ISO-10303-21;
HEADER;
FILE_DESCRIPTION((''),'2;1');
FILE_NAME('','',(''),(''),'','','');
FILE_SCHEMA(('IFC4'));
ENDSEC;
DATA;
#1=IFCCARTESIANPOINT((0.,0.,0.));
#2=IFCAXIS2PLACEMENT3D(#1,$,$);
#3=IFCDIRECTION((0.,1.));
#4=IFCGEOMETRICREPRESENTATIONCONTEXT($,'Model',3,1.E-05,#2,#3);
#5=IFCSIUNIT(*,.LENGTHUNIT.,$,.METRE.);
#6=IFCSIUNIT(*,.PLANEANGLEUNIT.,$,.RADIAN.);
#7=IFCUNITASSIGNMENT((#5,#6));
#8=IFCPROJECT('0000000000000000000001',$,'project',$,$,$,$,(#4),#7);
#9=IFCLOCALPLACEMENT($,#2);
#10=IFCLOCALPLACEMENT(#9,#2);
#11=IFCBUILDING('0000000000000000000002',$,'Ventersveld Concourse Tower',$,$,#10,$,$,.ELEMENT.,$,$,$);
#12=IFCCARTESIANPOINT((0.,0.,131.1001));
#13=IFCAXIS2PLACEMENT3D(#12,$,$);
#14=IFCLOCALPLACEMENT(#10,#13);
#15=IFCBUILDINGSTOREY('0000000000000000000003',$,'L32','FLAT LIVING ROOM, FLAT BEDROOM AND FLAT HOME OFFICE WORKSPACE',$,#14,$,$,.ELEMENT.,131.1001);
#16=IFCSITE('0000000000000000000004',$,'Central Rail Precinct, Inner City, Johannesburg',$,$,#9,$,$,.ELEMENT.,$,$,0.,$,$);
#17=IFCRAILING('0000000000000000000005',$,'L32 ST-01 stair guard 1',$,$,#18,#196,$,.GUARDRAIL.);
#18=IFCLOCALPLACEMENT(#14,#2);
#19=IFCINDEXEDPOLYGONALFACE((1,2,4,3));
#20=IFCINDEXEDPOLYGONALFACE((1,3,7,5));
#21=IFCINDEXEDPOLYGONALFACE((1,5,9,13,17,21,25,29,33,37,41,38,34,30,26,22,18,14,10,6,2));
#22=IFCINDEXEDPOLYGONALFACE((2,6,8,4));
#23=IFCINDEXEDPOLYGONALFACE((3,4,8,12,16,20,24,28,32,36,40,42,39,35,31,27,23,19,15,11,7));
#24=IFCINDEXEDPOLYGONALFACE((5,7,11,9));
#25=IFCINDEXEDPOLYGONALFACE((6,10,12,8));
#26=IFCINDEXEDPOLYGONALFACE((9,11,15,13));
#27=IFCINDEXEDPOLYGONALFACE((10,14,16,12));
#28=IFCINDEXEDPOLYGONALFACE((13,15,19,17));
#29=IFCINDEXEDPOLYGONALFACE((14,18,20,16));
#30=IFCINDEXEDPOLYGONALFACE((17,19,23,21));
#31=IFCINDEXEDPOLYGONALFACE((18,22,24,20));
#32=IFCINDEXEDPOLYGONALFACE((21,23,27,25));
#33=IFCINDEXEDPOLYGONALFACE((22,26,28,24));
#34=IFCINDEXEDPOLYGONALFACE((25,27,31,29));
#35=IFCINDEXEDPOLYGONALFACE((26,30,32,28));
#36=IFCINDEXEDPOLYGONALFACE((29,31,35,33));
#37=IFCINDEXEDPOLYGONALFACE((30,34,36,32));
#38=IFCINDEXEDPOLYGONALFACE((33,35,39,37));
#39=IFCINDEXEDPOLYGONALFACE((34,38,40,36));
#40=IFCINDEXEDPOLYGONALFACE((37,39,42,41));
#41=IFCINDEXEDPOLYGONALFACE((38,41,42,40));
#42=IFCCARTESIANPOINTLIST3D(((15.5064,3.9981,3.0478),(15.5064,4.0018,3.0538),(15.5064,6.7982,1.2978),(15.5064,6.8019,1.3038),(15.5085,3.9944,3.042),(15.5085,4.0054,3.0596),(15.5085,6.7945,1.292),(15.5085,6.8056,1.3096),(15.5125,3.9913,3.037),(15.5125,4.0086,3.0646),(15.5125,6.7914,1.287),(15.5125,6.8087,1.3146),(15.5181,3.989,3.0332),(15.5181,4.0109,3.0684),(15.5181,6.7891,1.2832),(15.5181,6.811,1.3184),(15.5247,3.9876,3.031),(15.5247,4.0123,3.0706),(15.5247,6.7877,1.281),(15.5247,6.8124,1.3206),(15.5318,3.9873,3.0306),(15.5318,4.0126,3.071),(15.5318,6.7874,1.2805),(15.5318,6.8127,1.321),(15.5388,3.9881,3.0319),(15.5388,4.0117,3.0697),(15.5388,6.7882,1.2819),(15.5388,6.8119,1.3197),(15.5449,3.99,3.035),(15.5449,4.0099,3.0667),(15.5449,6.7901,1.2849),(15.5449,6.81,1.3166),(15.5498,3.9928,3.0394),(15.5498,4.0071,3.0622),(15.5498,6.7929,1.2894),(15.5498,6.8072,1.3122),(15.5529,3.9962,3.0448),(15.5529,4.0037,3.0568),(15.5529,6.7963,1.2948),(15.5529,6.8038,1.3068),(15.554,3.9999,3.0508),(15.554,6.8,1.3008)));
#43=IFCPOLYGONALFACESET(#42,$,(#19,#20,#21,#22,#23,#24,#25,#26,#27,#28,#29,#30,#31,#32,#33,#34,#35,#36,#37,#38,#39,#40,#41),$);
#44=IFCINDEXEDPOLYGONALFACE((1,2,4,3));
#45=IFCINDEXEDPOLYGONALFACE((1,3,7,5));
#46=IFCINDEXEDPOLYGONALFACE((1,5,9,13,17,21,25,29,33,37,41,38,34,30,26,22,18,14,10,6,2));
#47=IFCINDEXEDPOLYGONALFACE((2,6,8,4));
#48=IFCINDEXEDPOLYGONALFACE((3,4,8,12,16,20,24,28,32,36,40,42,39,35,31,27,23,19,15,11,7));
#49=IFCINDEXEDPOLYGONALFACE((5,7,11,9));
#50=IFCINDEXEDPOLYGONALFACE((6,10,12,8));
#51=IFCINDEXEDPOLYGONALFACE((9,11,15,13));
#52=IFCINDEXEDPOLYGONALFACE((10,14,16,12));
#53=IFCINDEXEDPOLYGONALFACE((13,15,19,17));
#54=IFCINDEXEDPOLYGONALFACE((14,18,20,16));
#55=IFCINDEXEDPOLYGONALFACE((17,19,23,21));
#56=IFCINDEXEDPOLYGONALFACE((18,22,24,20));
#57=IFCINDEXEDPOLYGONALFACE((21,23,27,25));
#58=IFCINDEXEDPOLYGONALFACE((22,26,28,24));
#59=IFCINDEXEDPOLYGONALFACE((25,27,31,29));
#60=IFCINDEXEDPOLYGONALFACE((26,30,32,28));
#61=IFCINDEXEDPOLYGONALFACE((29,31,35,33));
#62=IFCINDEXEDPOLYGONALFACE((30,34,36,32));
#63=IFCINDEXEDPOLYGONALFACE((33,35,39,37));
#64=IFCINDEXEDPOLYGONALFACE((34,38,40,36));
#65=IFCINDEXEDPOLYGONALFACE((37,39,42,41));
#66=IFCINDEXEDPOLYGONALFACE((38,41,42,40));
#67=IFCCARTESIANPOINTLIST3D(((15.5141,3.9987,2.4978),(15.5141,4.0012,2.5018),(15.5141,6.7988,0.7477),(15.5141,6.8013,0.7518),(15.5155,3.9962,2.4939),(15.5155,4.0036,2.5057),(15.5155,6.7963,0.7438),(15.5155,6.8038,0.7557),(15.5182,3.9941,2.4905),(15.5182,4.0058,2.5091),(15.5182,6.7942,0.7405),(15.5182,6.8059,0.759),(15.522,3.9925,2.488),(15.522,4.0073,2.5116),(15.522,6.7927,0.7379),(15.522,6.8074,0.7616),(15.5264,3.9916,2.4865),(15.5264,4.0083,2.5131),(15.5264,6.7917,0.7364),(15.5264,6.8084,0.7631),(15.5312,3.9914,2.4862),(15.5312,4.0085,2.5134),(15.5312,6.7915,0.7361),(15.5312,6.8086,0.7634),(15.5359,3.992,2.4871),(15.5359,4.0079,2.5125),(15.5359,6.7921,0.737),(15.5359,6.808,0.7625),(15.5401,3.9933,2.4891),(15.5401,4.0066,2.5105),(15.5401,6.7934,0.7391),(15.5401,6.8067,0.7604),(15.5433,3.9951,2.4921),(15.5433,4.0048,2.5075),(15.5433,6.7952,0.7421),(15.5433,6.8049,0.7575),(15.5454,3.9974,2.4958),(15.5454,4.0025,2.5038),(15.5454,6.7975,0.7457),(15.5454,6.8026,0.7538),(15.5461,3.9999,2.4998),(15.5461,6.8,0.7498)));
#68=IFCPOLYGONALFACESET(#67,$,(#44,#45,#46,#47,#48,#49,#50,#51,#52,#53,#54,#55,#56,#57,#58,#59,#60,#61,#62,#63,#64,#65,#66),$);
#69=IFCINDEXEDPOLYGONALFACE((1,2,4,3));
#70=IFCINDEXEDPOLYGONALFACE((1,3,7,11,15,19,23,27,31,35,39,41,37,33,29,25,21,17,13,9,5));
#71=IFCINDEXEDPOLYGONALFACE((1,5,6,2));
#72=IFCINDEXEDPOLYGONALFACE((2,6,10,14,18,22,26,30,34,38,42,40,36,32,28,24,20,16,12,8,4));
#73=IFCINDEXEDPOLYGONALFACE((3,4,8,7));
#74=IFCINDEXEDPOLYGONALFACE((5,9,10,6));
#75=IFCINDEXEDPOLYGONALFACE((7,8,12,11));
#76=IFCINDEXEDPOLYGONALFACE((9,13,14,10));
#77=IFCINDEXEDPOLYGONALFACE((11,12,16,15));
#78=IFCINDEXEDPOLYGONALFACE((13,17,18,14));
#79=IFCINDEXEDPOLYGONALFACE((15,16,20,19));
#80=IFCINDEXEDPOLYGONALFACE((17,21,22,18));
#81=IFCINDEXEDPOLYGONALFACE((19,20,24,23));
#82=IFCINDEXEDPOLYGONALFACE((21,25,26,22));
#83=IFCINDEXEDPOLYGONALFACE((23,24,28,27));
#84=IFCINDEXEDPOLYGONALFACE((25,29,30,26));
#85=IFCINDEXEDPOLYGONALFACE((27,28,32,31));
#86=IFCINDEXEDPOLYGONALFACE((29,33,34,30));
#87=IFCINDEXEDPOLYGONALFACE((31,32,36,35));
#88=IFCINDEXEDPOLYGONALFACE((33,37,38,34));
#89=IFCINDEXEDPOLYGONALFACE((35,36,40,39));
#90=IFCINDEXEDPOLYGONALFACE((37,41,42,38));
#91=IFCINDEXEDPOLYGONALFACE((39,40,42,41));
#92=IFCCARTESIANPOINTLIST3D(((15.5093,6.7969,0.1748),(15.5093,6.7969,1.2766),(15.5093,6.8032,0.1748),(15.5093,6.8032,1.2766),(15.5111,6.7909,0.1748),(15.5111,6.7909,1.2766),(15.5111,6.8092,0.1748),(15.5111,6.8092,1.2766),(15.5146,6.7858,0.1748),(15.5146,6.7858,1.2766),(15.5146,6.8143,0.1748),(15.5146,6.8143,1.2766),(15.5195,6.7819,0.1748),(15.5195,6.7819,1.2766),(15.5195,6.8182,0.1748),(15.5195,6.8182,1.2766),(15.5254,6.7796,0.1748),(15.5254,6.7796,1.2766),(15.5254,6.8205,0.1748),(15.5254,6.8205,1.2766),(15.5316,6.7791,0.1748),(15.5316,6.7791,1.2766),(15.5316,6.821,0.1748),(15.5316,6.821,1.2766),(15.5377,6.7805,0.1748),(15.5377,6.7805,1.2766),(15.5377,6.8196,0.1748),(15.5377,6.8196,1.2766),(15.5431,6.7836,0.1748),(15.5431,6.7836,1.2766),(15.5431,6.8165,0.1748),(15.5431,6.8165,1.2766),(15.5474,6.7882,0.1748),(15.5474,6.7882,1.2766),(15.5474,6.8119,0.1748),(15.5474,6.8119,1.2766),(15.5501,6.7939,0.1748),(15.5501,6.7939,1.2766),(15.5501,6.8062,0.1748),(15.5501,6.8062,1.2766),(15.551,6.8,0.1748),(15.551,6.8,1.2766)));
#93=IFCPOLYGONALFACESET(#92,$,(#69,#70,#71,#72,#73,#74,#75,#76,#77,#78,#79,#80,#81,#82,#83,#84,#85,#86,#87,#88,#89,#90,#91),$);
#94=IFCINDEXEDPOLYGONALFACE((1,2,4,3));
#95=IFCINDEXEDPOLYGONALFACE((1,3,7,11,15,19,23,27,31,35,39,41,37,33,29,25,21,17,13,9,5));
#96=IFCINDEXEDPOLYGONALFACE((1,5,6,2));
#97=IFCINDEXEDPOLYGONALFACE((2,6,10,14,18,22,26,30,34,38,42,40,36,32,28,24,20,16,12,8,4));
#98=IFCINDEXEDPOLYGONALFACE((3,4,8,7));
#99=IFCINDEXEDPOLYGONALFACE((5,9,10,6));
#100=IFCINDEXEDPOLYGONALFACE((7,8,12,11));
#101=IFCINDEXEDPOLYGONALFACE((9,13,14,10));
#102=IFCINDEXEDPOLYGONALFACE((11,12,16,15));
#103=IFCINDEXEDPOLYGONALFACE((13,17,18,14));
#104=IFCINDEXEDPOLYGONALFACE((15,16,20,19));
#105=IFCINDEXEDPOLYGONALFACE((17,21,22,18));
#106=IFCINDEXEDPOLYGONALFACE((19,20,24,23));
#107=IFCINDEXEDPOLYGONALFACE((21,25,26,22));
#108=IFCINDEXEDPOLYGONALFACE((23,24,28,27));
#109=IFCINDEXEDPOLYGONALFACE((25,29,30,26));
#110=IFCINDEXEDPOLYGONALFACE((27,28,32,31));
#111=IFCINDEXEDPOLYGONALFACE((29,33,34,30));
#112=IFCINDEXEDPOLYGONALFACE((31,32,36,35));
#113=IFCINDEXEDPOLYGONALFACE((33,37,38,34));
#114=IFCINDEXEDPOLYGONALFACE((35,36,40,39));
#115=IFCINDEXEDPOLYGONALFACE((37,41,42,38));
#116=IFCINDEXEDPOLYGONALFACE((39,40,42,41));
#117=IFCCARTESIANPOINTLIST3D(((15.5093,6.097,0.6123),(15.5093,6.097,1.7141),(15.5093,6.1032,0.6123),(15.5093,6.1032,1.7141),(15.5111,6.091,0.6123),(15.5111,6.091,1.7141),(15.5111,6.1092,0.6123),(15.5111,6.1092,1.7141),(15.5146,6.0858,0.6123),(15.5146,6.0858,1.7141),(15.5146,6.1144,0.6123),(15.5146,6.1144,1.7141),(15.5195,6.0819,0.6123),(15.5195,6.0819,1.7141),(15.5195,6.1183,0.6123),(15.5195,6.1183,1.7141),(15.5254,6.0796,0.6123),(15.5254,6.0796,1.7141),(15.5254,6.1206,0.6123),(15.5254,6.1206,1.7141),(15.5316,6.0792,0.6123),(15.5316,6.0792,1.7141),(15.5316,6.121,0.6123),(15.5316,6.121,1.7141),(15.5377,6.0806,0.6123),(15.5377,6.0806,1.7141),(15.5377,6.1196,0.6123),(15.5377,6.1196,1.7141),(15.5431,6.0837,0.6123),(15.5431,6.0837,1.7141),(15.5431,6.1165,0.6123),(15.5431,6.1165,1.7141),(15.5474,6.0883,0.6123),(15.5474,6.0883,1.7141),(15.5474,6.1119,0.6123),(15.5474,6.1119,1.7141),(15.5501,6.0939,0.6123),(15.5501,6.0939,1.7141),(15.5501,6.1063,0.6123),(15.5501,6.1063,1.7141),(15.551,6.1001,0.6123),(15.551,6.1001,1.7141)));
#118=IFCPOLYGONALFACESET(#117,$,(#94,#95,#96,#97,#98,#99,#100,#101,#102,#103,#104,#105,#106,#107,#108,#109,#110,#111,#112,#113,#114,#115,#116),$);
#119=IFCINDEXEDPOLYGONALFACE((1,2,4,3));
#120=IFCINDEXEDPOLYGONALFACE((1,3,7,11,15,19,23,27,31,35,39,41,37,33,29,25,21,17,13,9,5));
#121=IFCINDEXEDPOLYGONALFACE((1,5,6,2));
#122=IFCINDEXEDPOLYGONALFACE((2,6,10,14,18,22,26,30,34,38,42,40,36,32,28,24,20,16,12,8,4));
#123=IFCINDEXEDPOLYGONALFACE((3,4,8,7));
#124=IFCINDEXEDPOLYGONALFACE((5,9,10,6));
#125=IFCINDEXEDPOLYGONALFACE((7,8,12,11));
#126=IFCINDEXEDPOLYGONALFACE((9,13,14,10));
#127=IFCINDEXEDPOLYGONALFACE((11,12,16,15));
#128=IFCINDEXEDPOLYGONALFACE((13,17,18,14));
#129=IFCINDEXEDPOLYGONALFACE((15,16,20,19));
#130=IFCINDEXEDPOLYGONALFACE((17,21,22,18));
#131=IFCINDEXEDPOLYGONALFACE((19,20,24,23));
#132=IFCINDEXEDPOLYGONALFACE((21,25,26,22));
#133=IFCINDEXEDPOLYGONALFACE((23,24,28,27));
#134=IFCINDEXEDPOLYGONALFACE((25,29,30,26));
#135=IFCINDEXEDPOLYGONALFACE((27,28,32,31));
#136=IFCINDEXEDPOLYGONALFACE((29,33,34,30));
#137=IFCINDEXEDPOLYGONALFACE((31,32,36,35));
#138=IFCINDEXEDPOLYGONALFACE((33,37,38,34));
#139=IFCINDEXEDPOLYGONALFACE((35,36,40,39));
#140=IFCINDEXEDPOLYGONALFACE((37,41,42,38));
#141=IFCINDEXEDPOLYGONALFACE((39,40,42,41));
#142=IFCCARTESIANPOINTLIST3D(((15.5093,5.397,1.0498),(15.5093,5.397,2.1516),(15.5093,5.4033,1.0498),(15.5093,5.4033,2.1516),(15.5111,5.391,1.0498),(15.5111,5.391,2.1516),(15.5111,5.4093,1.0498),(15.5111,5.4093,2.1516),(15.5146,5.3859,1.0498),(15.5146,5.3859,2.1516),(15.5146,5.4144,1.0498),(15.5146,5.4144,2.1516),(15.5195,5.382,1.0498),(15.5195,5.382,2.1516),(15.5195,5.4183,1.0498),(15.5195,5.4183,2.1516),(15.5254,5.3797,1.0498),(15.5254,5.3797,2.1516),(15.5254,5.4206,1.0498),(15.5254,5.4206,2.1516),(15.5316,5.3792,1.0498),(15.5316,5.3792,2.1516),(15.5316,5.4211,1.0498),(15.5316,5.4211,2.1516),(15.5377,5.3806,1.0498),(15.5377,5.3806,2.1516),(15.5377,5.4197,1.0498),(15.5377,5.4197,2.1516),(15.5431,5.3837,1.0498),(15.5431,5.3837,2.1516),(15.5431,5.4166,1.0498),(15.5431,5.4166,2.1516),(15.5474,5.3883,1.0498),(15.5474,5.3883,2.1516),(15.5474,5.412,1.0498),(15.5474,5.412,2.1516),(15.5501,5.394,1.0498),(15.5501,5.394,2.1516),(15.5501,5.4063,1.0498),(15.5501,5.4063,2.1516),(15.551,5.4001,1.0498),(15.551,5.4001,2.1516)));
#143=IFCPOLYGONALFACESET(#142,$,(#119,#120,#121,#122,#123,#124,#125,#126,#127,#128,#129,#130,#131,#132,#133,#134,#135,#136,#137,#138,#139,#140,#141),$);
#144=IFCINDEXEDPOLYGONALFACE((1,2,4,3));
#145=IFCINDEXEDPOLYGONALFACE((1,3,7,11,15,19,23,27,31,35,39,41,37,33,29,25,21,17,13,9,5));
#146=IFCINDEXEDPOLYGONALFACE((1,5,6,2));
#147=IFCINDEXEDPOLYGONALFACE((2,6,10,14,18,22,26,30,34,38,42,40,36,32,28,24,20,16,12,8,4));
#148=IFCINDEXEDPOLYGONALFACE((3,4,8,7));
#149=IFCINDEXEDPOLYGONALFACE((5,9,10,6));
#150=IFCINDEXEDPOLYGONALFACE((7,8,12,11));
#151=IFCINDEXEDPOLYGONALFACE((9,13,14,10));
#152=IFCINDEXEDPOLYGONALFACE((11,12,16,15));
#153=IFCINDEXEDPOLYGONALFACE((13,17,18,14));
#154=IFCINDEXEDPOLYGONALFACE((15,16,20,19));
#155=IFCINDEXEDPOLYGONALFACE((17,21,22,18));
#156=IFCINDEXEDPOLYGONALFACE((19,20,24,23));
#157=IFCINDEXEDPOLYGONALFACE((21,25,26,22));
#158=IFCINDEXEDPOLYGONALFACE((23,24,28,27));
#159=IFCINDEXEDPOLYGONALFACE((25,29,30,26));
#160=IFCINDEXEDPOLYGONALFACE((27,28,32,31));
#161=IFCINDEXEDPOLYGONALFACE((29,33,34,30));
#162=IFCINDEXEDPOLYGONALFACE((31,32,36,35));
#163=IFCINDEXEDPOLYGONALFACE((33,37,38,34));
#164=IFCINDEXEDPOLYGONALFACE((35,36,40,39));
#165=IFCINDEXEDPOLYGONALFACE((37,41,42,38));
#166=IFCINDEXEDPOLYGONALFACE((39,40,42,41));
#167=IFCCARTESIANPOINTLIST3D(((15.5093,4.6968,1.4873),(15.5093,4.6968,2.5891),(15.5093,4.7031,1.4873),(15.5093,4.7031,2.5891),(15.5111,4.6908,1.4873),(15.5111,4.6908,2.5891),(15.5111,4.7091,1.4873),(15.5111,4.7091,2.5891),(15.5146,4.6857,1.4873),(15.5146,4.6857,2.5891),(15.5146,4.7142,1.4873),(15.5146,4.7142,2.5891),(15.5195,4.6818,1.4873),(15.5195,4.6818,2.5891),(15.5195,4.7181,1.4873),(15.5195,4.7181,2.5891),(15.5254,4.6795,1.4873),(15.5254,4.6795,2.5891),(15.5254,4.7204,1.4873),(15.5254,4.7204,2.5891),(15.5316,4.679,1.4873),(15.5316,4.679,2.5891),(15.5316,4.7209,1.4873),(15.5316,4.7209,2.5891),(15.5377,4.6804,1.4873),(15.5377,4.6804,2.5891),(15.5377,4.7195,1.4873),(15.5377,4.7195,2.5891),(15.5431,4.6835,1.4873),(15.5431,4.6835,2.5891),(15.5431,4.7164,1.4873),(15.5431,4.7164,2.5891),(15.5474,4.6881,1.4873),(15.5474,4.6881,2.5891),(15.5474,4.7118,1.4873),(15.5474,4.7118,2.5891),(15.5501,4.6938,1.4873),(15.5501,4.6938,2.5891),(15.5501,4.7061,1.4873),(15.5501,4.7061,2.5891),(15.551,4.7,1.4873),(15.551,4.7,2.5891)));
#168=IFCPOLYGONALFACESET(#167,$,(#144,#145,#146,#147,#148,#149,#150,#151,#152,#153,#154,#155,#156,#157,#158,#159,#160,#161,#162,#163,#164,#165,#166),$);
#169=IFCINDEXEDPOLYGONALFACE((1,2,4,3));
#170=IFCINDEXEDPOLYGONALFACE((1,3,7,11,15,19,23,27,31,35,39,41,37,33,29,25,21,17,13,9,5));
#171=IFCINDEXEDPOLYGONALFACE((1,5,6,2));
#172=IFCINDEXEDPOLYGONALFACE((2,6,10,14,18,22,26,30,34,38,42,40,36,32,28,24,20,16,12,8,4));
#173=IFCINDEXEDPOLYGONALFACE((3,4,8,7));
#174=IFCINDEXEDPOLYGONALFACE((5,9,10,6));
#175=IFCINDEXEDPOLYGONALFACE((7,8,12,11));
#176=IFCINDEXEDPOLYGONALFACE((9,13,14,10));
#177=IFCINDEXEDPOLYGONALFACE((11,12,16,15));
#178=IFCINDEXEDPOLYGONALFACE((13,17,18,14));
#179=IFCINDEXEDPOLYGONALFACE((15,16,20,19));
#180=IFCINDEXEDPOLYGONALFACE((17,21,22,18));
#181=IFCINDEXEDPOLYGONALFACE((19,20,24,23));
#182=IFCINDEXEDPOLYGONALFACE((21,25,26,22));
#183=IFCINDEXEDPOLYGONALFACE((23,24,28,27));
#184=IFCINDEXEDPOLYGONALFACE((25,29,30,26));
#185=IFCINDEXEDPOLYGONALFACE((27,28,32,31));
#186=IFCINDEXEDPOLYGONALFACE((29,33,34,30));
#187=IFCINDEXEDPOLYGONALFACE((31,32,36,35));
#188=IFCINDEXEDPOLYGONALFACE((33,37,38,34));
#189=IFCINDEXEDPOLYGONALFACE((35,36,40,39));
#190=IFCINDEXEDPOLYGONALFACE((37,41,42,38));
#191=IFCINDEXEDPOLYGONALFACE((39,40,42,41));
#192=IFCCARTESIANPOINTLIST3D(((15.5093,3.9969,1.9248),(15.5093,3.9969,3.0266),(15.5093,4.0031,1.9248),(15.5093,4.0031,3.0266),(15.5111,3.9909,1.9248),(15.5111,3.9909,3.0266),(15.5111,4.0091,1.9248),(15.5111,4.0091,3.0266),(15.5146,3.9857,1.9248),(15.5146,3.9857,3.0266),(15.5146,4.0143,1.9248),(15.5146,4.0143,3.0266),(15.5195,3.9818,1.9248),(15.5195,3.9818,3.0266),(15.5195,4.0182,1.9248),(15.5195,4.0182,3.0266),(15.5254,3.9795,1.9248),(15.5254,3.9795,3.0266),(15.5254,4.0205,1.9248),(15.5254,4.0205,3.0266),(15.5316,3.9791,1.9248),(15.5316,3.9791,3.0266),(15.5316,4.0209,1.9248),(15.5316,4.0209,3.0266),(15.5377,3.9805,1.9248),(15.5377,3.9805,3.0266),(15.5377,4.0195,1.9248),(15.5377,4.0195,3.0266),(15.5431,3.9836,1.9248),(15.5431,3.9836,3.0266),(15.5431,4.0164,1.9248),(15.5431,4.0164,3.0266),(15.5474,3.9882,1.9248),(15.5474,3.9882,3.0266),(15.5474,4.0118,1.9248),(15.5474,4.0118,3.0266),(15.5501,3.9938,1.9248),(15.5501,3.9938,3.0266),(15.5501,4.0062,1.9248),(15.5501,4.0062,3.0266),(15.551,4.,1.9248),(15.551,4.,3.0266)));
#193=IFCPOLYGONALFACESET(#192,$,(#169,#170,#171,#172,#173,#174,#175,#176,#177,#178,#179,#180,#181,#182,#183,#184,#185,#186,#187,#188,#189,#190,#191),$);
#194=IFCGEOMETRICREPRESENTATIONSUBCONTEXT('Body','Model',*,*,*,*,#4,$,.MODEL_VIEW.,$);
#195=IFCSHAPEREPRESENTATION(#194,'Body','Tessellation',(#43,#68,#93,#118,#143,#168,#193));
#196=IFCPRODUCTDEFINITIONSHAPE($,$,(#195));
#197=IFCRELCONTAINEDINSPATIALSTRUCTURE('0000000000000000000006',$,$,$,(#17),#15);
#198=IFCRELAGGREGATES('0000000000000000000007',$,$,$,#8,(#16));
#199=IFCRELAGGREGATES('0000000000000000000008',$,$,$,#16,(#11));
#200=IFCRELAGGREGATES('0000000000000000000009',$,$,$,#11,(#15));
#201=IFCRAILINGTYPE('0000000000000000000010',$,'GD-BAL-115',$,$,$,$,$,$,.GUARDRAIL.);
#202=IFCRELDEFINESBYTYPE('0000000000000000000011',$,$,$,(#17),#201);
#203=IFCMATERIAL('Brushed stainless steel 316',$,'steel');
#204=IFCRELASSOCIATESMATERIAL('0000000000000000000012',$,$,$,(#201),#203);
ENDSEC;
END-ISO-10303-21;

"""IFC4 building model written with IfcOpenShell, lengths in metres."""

from ifc_helpers import new_model, si_unit, direction, frame, origin, origin_2d, place, context, subcontext, project, spatial, circle, extrude, material, type_object, element, save


model = new_model("IFC4")

# Units and contexts
model_context = context("Model", 3, precision=1e-05, world=origin(), true_north=direction((0.0, 1.0)))
body_context = subcontext(model_context, "Body", "Model", "MODEL_VIEW")
ifc_project = project(units=[si_unit("LENGTHUNIT", "METRE"), si_unit("PLANEANGLEUNIT", "RADIAN")], contexts=[model_context])

# Site, building, storey
site_placement = place(None, origin())
site = spatial("IfcSite", under=ifc_project, at=site_placement, Name="Central Rail Precinct, Inner City, Johannesburg", CompositionType="ELEMENT", RefElevation=0.0)
building_placement = place(site_placement, origin())
building = spatial("IfcBuilding", under=site, at=building_placement, Name="Ventersveld Concourse Tower", CompositionType="ELEMENT")
storey_placement = place(building_placement, frame((0.0, 0.0, 131.1001)))
storey = spatial("IfcBuildingStorey", under=building, at=storey_placement, Name="L32", Description="FLAT LIVING ROOM, FLAT BEDROOM AND FLAT HOME OFFICE WORKSPACE", CompositionType="ELEMENT", Elevation=131.1001)

# Railing
ifc_material_1 = material(Name="Brushed stainless steel 316", Category="steel")
railing_type_1 = type_object("IfcRailingType", Name="GD-BAL-115", PredefinedType="GUARDRAIL", material=ifc_material_1)
railing_1_placement = place(storey_placement, frame((15.53, 6.8, 0.1748)))
element("IfcRailing", 1, at=railing_1_placement, inside=storey, type_object=railing_type_1, Name="L32 ST-01 stair guard 1", PredefinedType="GUARDRAIL", context=body_context, shape_type="SweptSolid", body=[
    extrude(circle(Radius=0.0239, at=origin_2d()), frame((0.0, 0.0, 1.126), z_axis=(0.0, -0.848002, 0.529992), x_axis=(1.0, 0.0, 0.0)), (0.0, 0.0, 1.0), 3.302),
    extrude(circle(Radius=0.0161, at=origin_2d()), frame((0.0, 0.0, 0.575), z_axis=(0.0, -0.848002, 0.529992), x_axis=(1.0, 0.0, 0.0)), (0.0, 0.0, 1.0), 3.302),
    extrude(circle(Radius=0.021, at=origin_2d()), origin(), (0.0, 0.0, 1.0), 1.1018),
    extrude(circle(Radius=0.021, at=origin_2d()), frame((0.0, -0.7, 0.4375)), (0.0, 0.0, 1.0), 1.1018),
    extrude(circle(Radius=0.021, at=origin_2d()), frame((0.0, -1.3999, 0.875)), (0.0, 0.0, 1.0), 1.1018),
    extrude(circle(Radius=0.021, at=origin_2d()), frame((0.0, -2.1001, 1.3125)), (0.0, 0.0, 1.0), 1.1018),
    extrude(circle(Radius=0.021, at=origin_2d()), frame((0.0, -2.8, 1.75)), (0.0, 0.0, 1.0), 1.1018),
])

save(model, "model.ifc")
